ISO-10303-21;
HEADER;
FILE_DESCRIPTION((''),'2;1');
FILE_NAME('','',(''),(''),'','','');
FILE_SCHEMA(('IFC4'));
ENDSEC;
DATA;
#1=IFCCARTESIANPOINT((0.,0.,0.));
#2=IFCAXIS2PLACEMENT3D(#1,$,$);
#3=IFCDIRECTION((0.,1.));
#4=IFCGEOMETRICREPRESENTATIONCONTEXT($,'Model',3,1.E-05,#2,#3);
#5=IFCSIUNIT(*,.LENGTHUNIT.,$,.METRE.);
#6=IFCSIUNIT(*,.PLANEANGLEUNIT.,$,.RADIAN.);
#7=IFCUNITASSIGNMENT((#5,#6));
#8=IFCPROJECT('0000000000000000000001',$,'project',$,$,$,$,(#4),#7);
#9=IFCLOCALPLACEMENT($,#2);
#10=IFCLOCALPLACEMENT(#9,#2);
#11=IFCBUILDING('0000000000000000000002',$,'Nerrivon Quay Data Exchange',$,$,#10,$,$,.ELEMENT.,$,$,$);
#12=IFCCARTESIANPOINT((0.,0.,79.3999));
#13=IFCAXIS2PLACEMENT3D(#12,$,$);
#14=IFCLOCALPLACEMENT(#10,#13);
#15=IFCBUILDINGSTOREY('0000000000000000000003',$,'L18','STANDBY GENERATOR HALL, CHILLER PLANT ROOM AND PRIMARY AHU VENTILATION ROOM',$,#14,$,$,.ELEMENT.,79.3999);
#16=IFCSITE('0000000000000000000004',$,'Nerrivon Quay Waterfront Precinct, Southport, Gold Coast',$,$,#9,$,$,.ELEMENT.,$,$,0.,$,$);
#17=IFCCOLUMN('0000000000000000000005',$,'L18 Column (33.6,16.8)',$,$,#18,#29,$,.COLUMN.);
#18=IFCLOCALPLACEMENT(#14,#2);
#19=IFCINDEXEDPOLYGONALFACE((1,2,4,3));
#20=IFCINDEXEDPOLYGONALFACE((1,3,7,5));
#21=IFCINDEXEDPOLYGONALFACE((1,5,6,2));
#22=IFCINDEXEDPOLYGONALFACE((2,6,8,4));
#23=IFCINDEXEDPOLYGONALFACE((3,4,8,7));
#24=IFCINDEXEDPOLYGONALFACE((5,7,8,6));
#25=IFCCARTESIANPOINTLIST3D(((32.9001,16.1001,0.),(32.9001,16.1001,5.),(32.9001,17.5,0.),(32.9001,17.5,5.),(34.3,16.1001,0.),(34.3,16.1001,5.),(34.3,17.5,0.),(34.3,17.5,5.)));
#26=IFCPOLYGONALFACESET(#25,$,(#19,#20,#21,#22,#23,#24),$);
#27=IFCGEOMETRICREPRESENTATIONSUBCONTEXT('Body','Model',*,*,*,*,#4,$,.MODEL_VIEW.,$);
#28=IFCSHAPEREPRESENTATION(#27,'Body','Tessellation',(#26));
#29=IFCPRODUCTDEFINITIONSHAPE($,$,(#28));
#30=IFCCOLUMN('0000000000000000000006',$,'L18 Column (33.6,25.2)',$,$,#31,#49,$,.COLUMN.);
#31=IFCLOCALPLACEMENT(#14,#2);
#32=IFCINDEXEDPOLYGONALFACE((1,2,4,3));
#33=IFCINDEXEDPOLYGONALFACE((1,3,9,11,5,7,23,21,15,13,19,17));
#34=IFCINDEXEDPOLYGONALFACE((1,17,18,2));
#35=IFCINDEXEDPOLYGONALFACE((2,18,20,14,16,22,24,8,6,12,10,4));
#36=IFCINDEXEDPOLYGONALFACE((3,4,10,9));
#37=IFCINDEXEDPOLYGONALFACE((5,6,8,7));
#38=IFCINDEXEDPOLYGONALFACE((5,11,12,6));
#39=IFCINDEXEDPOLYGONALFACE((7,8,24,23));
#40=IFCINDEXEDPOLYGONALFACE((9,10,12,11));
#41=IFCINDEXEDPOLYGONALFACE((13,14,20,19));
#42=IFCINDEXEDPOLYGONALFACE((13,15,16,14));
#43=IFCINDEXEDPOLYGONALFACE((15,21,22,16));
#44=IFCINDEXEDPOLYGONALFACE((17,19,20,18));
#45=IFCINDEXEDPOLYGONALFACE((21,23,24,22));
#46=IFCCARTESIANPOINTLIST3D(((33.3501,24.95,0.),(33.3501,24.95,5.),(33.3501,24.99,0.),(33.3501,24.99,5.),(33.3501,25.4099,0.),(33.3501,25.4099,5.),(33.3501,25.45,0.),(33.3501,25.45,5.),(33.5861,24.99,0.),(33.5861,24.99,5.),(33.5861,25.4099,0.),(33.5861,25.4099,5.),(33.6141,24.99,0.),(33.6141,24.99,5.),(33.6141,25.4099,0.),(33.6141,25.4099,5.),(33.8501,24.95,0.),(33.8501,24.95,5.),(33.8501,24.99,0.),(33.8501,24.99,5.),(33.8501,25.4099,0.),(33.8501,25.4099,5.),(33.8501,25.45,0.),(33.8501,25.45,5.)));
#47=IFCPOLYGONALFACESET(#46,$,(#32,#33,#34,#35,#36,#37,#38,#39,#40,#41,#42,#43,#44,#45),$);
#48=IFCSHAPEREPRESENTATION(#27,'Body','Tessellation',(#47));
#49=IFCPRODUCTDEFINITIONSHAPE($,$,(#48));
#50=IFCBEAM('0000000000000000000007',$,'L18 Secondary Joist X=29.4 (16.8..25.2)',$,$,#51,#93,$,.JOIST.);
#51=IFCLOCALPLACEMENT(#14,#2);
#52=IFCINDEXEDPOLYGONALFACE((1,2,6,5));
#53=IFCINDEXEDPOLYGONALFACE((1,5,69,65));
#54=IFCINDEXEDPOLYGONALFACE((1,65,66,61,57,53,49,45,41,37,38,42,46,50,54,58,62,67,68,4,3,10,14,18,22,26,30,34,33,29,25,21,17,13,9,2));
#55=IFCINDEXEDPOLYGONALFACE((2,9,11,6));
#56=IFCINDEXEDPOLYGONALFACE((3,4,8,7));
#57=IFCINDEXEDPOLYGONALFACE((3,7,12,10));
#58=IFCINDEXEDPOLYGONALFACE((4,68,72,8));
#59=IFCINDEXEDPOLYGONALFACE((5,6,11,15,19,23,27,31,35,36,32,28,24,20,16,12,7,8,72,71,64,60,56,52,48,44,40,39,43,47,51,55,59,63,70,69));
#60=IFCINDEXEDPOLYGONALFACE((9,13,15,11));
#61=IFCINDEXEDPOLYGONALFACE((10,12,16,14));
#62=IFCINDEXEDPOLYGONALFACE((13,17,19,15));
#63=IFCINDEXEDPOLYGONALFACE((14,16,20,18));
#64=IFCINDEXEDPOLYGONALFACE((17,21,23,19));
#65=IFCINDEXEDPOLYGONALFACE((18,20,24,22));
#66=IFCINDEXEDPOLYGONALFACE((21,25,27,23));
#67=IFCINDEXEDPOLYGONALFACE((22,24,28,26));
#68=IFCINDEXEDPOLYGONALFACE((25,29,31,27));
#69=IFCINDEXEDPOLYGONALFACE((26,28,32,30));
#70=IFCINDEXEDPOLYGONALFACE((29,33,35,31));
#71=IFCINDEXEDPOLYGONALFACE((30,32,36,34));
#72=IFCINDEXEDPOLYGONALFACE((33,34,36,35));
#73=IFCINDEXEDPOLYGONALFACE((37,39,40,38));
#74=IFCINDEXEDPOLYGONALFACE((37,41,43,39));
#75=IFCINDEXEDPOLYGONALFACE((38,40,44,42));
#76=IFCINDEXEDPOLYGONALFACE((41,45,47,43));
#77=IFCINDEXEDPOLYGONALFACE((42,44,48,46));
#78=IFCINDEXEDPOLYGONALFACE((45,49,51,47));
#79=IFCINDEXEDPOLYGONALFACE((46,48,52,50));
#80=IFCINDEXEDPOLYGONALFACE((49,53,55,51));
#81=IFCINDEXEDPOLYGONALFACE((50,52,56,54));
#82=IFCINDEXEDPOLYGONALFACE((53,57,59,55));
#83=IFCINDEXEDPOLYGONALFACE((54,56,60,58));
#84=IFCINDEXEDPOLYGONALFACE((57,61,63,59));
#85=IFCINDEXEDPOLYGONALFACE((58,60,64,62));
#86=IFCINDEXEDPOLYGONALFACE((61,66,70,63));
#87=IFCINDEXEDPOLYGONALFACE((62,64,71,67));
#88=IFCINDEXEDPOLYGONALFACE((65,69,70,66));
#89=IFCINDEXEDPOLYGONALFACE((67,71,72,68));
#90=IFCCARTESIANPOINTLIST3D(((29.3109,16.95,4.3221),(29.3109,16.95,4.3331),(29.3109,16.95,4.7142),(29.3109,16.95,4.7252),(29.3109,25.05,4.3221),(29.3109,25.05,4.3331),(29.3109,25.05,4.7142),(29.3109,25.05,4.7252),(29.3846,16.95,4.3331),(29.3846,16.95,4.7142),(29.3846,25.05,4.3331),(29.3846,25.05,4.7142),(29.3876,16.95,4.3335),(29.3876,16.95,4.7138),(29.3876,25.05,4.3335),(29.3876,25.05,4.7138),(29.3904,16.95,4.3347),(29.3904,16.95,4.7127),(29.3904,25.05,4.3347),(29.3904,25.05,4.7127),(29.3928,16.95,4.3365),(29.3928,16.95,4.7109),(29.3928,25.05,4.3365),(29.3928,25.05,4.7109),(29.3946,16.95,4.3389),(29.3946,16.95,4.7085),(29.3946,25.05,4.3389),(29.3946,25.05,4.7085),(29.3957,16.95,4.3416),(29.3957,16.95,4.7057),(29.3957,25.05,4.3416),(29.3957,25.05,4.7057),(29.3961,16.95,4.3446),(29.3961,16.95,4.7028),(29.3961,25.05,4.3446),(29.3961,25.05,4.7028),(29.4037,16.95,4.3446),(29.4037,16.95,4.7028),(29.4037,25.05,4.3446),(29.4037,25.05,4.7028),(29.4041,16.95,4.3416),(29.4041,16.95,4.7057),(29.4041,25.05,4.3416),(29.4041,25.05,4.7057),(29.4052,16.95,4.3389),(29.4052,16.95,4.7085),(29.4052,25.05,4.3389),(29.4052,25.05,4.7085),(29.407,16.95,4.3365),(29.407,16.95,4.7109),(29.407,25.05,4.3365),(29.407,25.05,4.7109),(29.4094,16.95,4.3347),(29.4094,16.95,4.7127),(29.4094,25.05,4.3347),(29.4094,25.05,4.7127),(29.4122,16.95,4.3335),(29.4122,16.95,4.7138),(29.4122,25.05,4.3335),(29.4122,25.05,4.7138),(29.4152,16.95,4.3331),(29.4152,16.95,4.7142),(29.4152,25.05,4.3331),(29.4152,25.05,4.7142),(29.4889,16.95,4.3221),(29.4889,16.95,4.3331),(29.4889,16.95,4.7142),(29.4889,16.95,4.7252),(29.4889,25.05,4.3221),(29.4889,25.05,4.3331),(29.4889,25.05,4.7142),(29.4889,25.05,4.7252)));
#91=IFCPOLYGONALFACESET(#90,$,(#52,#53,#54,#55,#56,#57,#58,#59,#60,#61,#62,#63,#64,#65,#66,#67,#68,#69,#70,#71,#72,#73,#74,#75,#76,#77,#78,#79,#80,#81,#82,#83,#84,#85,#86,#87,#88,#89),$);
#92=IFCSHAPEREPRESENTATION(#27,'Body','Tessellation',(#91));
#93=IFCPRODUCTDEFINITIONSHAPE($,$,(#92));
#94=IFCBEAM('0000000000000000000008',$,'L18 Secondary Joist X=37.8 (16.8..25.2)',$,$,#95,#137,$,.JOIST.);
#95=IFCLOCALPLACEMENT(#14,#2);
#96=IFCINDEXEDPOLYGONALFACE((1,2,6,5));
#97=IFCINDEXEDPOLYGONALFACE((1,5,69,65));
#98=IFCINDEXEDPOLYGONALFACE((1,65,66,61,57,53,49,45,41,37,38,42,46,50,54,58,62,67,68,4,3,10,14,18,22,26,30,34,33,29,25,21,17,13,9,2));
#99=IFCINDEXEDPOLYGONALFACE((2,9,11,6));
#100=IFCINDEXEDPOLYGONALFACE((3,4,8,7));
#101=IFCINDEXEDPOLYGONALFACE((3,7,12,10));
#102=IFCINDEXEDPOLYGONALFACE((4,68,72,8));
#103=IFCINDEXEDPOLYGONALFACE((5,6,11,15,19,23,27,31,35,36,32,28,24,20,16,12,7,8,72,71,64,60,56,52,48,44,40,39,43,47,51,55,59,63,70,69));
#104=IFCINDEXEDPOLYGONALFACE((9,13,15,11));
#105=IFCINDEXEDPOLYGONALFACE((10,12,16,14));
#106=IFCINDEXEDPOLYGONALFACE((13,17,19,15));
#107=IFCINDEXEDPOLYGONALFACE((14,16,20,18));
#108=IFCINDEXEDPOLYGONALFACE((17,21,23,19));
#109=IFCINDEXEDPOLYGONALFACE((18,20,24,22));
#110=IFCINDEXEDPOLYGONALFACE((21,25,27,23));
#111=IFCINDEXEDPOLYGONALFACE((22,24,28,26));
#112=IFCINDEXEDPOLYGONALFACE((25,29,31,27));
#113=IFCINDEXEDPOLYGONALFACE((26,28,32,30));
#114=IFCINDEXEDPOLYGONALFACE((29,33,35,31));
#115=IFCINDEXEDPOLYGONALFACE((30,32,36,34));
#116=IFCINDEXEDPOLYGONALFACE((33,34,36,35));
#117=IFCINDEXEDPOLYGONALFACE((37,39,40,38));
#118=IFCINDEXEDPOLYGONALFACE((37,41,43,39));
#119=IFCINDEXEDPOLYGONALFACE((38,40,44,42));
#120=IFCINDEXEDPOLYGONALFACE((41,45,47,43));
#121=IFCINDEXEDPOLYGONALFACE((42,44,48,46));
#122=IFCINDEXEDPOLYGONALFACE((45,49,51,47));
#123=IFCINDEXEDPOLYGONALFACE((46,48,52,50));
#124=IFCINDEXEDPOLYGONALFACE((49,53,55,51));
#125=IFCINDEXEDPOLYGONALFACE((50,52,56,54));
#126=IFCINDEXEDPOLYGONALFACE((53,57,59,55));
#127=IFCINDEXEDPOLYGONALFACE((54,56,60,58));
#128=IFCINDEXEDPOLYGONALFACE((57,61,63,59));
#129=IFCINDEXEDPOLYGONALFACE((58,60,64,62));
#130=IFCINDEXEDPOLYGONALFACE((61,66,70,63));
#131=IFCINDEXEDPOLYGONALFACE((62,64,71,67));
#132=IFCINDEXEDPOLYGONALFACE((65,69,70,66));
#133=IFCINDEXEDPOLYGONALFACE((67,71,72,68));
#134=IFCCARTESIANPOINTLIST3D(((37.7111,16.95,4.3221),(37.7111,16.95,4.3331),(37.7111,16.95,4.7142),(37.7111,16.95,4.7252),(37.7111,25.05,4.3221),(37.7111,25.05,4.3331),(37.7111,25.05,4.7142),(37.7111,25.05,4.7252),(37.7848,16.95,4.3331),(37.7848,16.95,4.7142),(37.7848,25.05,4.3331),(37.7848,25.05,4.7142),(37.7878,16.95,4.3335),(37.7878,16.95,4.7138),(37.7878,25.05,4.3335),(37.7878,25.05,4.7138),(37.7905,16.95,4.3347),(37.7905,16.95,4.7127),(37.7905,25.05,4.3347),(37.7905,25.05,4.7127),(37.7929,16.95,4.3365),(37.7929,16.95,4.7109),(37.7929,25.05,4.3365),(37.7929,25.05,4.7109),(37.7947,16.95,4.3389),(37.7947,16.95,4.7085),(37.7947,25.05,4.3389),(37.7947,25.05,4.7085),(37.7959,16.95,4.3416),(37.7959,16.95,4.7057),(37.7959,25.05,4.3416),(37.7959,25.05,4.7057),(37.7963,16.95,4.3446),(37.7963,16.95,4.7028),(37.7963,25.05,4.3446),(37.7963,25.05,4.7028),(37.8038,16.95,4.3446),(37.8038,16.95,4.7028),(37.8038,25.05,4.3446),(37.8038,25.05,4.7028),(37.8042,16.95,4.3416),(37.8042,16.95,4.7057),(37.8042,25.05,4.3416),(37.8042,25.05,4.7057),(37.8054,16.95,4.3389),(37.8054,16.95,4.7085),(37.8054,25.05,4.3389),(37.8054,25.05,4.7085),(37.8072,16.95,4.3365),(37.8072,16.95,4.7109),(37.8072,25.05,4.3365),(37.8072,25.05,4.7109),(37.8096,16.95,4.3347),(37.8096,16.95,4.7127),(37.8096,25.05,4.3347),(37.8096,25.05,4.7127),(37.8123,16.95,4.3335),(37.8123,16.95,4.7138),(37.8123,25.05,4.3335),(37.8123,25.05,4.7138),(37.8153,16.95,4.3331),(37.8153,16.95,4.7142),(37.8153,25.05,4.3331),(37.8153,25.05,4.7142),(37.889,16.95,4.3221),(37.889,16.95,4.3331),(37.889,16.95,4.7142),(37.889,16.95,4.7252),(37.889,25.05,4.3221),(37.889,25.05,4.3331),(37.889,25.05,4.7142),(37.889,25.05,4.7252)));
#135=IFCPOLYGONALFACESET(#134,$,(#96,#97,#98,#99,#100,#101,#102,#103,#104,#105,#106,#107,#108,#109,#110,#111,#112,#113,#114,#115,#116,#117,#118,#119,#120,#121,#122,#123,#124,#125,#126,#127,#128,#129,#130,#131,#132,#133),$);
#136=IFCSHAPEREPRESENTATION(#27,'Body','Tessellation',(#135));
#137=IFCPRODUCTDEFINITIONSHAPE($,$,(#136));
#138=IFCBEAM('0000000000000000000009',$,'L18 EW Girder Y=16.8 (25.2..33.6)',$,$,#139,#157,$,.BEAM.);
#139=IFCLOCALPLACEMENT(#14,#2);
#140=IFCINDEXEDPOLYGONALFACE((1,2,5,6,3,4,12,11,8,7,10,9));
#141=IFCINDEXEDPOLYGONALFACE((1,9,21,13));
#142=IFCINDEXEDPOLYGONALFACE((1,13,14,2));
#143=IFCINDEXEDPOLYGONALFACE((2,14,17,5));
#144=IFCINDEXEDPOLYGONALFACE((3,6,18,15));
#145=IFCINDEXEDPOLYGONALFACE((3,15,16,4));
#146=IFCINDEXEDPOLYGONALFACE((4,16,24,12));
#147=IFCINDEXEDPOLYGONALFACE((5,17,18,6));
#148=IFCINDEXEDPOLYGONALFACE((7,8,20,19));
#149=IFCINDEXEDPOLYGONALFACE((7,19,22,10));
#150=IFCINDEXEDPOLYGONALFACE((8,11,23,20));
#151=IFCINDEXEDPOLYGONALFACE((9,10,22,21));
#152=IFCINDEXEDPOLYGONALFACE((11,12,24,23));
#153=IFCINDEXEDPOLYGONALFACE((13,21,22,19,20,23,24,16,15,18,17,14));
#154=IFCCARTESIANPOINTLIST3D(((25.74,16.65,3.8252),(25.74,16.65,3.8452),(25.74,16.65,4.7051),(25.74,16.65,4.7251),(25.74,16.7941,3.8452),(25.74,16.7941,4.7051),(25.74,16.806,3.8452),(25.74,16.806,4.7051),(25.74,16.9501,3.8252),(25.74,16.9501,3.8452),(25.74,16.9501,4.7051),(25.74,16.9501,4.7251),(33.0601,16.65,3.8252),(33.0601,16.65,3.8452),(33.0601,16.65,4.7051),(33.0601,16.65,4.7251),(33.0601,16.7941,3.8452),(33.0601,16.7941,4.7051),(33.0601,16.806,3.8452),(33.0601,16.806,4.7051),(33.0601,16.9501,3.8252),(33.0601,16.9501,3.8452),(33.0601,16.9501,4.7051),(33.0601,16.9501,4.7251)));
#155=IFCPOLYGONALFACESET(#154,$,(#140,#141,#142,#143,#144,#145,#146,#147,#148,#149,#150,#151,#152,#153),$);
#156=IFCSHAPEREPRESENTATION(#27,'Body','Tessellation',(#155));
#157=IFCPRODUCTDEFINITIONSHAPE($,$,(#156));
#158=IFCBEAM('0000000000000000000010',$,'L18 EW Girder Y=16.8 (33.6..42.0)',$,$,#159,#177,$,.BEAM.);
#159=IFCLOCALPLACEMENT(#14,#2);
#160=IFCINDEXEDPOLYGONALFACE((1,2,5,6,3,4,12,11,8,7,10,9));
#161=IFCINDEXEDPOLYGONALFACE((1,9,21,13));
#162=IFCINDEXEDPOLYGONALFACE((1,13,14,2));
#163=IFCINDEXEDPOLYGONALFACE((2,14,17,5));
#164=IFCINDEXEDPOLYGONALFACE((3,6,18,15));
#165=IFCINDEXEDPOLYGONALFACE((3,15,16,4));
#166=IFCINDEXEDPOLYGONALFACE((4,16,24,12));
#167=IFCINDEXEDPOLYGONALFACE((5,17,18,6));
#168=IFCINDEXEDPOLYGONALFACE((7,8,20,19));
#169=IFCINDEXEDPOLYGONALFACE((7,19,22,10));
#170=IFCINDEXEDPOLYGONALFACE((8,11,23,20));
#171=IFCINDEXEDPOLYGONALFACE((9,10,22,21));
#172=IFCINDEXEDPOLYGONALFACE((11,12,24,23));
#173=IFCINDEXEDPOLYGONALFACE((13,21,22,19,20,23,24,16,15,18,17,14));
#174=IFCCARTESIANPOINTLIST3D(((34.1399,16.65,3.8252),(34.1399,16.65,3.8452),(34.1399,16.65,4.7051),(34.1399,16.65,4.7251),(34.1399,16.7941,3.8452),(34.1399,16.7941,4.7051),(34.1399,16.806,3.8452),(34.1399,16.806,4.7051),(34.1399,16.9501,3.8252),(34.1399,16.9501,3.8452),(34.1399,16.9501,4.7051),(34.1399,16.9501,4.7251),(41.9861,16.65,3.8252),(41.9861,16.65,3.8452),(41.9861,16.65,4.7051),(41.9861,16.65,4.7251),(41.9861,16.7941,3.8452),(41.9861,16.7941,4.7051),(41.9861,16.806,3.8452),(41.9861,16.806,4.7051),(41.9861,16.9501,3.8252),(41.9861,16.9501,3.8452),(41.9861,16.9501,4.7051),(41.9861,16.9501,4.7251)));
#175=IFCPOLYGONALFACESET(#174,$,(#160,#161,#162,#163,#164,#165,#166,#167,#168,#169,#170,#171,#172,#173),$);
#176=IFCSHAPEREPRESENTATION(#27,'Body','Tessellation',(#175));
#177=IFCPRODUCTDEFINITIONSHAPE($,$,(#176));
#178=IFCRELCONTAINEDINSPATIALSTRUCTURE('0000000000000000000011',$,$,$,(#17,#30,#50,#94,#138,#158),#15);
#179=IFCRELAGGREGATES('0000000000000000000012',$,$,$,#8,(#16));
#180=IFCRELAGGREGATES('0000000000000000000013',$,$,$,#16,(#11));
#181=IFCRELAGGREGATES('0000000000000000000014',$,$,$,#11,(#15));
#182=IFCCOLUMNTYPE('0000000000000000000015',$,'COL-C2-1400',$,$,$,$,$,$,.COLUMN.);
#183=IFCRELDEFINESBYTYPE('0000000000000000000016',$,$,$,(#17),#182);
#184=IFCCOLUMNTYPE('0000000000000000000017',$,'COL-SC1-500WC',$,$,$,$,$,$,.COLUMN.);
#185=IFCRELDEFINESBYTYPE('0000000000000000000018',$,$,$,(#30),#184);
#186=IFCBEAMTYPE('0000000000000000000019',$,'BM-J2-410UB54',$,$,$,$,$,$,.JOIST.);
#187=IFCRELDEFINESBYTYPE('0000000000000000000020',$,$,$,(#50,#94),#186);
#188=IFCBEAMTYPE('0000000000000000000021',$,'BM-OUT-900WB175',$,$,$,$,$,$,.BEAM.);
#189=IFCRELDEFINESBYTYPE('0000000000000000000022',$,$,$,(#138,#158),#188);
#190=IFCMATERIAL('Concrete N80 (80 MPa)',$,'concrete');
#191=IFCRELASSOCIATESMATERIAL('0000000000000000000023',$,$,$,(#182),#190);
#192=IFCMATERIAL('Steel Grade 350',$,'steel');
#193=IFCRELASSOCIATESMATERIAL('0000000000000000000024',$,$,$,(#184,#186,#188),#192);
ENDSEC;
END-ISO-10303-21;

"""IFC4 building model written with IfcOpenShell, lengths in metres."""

from ifc_helpers import new_model, si_unit, direction, frame, origin, origin_2d, place, context, subcontext, project, spatial, rectangle, i_section, extrude, material, material_profile, profile_set, type_object, element, save


model = new_model("IFC4")

# Units and contexts
model_context = context("Model", 3, precision=1e-05, world=origin(), true_north=direction((0.0, 1.0)))
body_context = subcontext(model_context, "Body", "Model", "MODEL_VIEW")
ifc_project = project(units=[si_unit("LENGTHUNIT", "METRE"), si_unit("PLANEANGLEUNIT", "RADIAN")], contexts=[model_context])

# Site, building, storey
site_placement = place(None, origin())
site = spatial("IfcSite", under=ifc_project, at=site_placement, Name="Nerrivon Quay Waterfront Precinct, Southport, Gold Coast", CompositionType="ELEMENT", RefElevation=0.0)
building_placement = place(site_placement, origin())
building = spatial("IfcBuilding", under=site, at=building_placement, Name="Nerrivon Quay Data Exchange", CompositionType="ELEMENT")
storey_placement = place(building_placement, frame((0.0, 0.0, 79.3999)))
storey = spatial("IfcBuildingStorey", under=building, at=storey_placement, Name="L18", Description="STANDBY GENERATOR HALL, CHILLER PLANT ROOM AND PRIMARY AHU VENTILATION ROOM", CompositionType="ELEMENT", Elevation=79.3999)

# Columns
ifc_material_1 = material(Name="Concrete N80 (80 MPa)", Category="concrete")
ifc_material_profile_1 = material_profile(ifc_material_1, rectangle(XDim=1.3999, YDim=1.3999, at=origin_2d()), Name="RC-COL-1400x1400")
ifc_profile_set_1 = profile_set([ifc_material_profile_1], Name="Concrete N80 (80 MPa)")
column_type_1 = type_object("IfcColumnType", Name="COL-C2-1400", PredefinedType="COLUMN", material=ifc_profile_set_1)
column_1_placement = place(storey_placement, frame((33.6001, 16.8, 0.0), z_axis=(0.0, 0.0, 1.0), x_axis=(1.0, 0.0, 0.0)))
element("IfcColumn", 1, at=column_1_placement, inside=storey, type_object=column_type_1, Name="L18 Column (33.6,16.8)", PredefinedType="COLUMN", context=body_context, shape_type="SweptSolid", body=[
    extrude(rectangle(XDim=1.3999, YDim=1.3999, at=origin_2d()), origin(), (0.0, 0.0, 1.0), 5.0),
])
ifc_material_2 = material(Name="Steel Grade 350", Category="steel")
ifc_material_profile_2 = material_profile(ifc_material_2, i_section(OverallWidth=0.5, OverallDepth=0.5, WebThickness=0.0281, FlangeThickness=0.04, at=origin_2d()), Name="500WC440")
ifc_profile_set_2 = profile_set([ifc_material_profile_2], Name="Steel Grade 350")
column_type_2 = type_object("IfcColumnType", Name="COL-SC1-500WC", PredefinedType="COLUMN", material=ifc_profile_set_2)
column_2_placement = place(storey_placement, frame((33.6001, 25.2, 0.0), z_axis=(0.0, 0.0, 1.0), x_axis=(1.0, 0.0, 0.0)))
element("IfcColumn", 2, at=column_2_placement, inside=storey, type_object=column_type_2, Name="L18 Column (33.6,25.2)", PredefinedType="COLUMN", context=body_context, shape_type="SweptSolid", body=[
    extrude(i_section(OverallWidth=0.5, OverallDepth=0.5, WebThickness=0.0281, FlangeThickness=0.04, at=origin_2d()), origin(), (0.0, 0.0, 1.0), 5.0),
])

# Beams
ifc_material_profile_3 = material_profile(ifc_material_2, i_section(OverallWidth=0.178, OverallDepth=0.4031, WebThickness=0.0076, FlangeThickness=0.011, FilletRadius=0.0115, at=origin_2d()), Name="410UB53.7")
ifc_profile_set_3 = profile_set([ifc_material_profile_3], Name="Steel Grade 350")
beam_type_1 = type_object("IfcBeamType", Name="BM-J2-410UB54", PredefinedType="JOIST", material=ifc_profile_set_3)
for number, where, z_axis, x_axis, name in (
    (3, (29.3999, 16.95, 4.5237), (0.0, 1.0, 0.0), (-1.0, 0.0, 0.0), "L18 Secondary Joist X=29.4 (16.8..25.2)"),
    (4, (37.8, 16.95, 4.5237), (0.0, 1.0, 0.0), (-1.0, 0.0, 0.0), "L18 Secondary Joist X=37.8 (16.8..25.2)"),
):
    element("IfcBeam", number, at=place(storey_placement, frame(where, z_axis=z_axis, x_axis=x_axis)), inside=storey, type_object=beam_type_1, Name=name, PredefinedType="JOIST", context=body_context, shape_type="SweptSolid", body=[
        extrude(i_section(OverallWidth=0.178, OverallDepth=0.4031, WebThickness=0.0076, FlangeThickness=0.011, FilletRadius=0.0115, at=origin_2d()), origin(), (0.0, 0.0, 1.0), 8.1001),
    ])
ifc_material_profile_4 = material_profile(ifc_material_2, i_section(OverallWidth=0.3, OverallDepth=0.8999, WebThickness=0.012, FlangeThickness=0.02, at=origin_2d()), Name="900WB175")
ifc_profile_set_4 = profile_set([ifc_material_profile_4], Name="Steel Grade 350")
beam_type_2 = type_object("IfcBeamType", Name="BM-OUT-900WB175", PredefinedType="BEAM", material=ifc_profile_set_4)
beam_1_placement = place(storey_placement, frame((25.74, 16.8, 4.2751), z_axis=(1.0, 0.0, 0.0), x_axis=(0.0, 1.0, 0.0)))
element("IfcBeam", 5, at=beam_1_placement, inside=storey, type_object=beam_type_2, Name="L18 EW Girder Y=16.8 (25.2..33.6)", PredefinedType="BEAM", context=body_context, shape_type="SweptSolid", body=[
    extrude(i_section(OverallWidth=0.3, OverallDepth=0.8999, WebThickness=0.012, FlangeThickness=0.02, at=origin_2d()), origin(), (0.0, 0.0, 1.0), 7.3201),
])
beam_2_placement = place(storey_placement, frame((34.1399, 16.8, 4.2751), z_axis=(1.0, 0.0, 0.0), x_axis=(0.0, 1.0, 0.0)))
element("IfcBeam", 6, at=beam_2_placement, inside=storey, type_object=beam_type_2, Name="L18 EW Girder Y=16.8 (33.6..42.0)", PredefinedType="BEAM", context=body_context, shape_type="SweptSolid", body=[
    extrude(i_section(OverallWidth=0.3, OverallDepth=0.8999, WebThickness=0.012, FlangeThickness=0.02, at=origin_2d()), origin(), (0.0, 0.0, 1.0), 7.8462),
])

save(model, "model.ifc")
